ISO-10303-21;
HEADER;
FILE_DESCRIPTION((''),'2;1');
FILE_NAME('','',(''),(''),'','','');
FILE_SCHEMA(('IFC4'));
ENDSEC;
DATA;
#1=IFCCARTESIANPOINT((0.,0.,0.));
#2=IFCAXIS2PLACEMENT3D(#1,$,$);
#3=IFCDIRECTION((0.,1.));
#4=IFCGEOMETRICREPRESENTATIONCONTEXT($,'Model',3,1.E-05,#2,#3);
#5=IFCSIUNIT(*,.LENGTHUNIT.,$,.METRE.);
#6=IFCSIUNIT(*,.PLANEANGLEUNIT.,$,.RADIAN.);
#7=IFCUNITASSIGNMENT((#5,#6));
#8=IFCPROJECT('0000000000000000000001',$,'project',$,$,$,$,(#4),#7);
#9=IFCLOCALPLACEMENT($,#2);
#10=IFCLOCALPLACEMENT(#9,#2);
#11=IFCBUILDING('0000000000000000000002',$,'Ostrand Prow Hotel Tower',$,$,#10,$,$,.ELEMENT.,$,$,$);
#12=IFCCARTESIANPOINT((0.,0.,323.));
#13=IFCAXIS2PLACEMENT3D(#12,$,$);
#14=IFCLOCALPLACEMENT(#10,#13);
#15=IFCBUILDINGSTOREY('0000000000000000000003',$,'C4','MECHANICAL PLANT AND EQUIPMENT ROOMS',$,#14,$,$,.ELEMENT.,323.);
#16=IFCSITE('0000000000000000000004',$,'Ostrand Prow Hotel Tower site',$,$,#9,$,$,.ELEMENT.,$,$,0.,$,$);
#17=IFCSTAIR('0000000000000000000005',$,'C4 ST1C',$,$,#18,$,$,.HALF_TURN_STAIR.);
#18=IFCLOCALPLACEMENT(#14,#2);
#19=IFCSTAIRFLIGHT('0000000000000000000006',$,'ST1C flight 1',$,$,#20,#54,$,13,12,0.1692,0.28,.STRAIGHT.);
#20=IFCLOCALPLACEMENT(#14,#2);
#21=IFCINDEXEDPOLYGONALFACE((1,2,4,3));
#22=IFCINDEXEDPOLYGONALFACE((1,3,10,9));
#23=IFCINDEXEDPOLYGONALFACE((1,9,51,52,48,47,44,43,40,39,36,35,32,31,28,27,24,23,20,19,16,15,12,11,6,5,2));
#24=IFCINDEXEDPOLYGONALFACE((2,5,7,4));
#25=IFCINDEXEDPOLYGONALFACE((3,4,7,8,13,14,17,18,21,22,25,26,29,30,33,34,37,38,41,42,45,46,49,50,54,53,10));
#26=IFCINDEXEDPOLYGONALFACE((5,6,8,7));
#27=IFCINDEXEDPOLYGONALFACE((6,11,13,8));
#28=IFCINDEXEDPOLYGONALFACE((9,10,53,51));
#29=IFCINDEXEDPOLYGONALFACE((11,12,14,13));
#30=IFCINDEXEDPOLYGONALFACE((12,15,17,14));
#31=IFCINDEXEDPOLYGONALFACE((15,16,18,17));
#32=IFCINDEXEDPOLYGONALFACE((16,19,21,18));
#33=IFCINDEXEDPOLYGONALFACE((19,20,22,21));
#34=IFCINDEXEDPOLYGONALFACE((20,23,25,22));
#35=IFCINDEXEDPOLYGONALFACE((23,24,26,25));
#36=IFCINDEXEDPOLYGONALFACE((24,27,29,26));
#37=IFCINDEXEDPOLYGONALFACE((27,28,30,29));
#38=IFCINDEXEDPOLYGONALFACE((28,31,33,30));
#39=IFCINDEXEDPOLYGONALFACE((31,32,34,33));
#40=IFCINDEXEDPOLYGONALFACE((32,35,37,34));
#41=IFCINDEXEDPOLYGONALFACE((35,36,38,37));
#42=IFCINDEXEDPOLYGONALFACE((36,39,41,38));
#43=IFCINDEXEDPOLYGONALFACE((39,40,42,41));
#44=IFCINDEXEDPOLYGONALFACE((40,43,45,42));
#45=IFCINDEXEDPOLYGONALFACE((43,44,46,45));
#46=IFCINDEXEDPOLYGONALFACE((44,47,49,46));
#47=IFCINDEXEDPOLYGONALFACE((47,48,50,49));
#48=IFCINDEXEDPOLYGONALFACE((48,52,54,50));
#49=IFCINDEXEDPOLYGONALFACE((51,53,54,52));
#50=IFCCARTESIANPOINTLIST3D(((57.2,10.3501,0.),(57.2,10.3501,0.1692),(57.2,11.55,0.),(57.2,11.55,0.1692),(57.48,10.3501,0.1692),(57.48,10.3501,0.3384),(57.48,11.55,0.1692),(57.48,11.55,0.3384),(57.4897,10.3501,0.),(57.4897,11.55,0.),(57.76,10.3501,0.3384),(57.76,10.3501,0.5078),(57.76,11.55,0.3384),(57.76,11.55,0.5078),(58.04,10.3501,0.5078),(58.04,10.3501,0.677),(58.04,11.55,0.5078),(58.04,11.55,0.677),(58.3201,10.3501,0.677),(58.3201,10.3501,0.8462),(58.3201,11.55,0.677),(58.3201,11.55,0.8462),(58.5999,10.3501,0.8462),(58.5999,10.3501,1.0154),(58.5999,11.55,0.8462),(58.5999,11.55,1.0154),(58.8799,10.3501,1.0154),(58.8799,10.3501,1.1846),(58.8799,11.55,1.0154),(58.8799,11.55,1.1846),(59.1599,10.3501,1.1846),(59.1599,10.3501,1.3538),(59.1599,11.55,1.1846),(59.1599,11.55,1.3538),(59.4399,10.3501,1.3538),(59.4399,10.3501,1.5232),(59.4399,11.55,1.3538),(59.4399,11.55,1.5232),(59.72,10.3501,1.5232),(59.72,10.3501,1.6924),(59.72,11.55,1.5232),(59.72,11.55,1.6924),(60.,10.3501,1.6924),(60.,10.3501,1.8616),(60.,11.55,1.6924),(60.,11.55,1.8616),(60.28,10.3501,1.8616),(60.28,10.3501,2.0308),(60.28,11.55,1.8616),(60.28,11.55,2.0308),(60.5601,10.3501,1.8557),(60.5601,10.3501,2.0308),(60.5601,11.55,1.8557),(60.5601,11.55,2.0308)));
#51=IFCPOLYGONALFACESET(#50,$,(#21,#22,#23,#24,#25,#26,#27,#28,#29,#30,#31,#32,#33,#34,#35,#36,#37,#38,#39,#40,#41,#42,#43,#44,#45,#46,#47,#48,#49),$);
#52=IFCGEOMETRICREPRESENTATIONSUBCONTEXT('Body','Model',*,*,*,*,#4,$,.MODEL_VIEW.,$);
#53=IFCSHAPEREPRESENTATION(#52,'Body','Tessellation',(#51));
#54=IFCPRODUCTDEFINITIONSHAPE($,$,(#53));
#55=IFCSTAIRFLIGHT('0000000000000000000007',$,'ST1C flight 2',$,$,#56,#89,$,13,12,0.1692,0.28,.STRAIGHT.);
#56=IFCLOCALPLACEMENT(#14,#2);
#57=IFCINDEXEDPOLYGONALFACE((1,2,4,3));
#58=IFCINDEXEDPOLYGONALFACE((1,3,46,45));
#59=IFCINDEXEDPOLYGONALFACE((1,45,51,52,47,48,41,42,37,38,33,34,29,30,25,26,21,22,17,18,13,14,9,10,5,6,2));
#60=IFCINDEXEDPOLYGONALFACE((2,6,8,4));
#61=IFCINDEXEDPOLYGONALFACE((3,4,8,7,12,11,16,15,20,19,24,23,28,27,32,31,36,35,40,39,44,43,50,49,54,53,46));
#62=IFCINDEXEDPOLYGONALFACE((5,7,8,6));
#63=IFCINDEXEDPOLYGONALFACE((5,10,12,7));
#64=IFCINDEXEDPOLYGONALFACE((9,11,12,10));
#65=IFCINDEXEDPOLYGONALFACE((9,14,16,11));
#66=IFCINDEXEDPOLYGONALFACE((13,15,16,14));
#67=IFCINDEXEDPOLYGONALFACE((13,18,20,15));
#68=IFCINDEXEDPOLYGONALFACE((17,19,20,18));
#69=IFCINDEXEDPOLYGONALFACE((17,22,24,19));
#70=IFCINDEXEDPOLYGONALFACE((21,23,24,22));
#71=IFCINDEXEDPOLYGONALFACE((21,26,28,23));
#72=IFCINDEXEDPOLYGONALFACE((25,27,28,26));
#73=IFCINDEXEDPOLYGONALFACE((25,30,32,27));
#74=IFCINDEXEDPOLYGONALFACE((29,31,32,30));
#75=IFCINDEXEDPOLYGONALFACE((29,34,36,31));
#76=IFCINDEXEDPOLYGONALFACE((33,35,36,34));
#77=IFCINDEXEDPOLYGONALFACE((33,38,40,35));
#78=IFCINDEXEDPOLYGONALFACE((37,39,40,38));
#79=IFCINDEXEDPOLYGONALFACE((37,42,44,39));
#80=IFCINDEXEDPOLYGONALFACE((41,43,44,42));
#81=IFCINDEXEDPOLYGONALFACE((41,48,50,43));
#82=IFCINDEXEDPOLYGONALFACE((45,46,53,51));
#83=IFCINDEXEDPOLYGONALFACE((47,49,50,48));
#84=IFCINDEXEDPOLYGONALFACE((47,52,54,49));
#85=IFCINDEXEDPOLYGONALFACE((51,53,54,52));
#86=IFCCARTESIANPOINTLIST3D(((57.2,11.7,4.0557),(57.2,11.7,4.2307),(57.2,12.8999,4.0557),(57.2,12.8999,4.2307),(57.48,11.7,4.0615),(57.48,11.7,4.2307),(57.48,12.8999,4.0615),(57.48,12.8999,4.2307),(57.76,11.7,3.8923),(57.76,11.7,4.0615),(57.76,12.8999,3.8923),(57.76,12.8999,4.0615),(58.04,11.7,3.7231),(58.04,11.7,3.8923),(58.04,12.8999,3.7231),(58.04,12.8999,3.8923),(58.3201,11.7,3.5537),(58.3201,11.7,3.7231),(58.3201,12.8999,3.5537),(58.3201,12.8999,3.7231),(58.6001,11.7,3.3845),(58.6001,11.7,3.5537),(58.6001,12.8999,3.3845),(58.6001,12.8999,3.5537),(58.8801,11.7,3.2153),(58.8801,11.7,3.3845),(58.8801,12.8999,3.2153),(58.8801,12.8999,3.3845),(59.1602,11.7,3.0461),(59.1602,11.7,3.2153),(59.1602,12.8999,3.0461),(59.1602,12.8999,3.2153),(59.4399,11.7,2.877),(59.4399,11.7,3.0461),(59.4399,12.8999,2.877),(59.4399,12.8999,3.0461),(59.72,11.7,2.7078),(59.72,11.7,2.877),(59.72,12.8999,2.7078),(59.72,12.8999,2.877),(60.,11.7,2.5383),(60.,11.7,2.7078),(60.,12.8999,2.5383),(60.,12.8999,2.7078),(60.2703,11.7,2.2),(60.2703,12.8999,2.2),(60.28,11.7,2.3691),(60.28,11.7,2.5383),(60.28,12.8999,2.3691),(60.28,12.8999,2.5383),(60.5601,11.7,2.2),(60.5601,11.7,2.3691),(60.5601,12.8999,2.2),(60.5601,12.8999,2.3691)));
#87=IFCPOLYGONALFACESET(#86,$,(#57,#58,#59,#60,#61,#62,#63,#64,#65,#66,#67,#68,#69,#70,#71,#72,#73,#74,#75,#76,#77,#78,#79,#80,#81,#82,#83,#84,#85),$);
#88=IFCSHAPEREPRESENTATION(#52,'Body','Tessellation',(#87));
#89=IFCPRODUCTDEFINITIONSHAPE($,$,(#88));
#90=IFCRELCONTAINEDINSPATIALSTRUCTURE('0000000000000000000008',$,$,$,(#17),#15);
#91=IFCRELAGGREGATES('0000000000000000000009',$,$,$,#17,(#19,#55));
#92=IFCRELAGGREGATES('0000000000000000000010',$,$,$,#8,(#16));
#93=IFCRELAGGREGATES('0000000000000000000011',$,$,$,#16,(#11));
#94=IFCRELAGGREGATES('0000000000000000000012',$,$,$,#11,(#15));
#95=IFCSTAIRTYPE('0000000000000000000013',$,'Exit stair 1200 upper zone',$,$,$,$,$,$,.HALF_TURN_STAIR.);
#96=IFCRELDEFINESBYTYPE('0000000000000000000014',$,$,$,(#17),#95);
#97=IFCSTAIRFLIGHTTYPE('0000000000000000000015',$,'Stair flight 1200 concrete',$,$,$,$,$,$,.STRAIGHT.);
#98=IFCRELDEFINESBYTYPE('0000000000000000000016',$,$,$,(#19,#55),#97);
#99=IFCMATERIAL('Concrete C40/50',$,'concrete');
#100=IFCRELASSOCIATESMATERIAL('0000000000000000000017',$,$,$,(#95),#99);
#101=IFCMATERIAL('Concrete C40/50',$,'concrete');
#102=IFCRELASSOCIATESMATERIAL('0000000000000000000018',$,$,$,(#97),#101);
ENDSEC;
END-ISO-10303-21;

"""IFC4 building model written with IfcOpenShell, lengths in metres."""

from ifc_helpers import new_model, si_unit, direction, frame, origin, place, context, subcontext, project, spatial, polyline, outline, extrude, material, type_object, element, aggregate, save


model = new_model("IFC4")

# Units and contexts
model_context = context("Model", 3, precision=1e-05, world=origin(), true_north=direction((0.0, 1.0)))
body_context = subcontext(model_context, "Body", "Model", "MODEL_VIEW")
ifc_project = project(units=[si_unit("LENGTHUNIT", "METRE"), si_unit("PLANEANGLEUNIT", "RADIAN")], contexts=[model_context])

# Site, building, storey
site_placement = place(None, origin())
site = spatial("IfcSite", under=ifc_project, at=site_placement, Name="Ostrand Prow Hotel Tower site", CompositionType="ELEMENT", RefElevation=0.0)
building_placement = place(site_placement, origin())
building = spatial("IfcBuilding", under=site, at=building_placement, Name="Ostrand Prow Hotel Tower", CompositionType="ELEMENT")
storey_placement = place(building_placement, frame((0.0, 0.0, 323.0)))
storey = spatial("IfcBuildingStorey", under=building, at=storey_placement, Name="C4", Description="MECHANICAL PLANT AND EQUIPMENT ROOMS", CompositionType="ELEMENT", Elevation=323.0)

# Stair, stair flights
ifc_material_1 = material(Name="Concrete C40/50", Category="concrete")
stair_type = type_object("IfcStairType", Name="Exit stair 1200 upper zone", PredefinedType="HALF_TURN_STAIR", material=ifc_material_1)
stair_placement = place(storey_placement, origin())
stair = element("IfcStair", 1, at=stair_placement, inside=storey, type_object=stair_type, Name="C4 ST1C", PredefinedType="HALF_TURN_STAIR")
ifc_material_2 = material(Name="Concrete C40/50", Category="concrete")
stair_flight_type = type_object("IfcStairFlightType", Name="Stair flight 1200 concrete", PredefinedType="STRAIGHT", material=ifc_material_2)
stair_flight_1_placement = place(storey_placement, frame((57.2, 10.95, 0.0), z_axis=(0.0, 0.0, 1.0), x_axis=(1.0, 0.0, 0.0)))
stair_flight_1 = element("IfcStairFlight", 2, at=stair_flight_1_placement, type_object=stair_flight_type, Name="ST1C flight 1", NumberOfRisers=13, NumberOfTreads=12, PredefinedType="STRAIGHT", RiserHeight=0.1692, TreadLength=0.28, context=body_context, shape_type="SweptSolid", body=[
    extrude(outline(polyline([(0.0, 0.0), (0.0, 0.1692), (0.28, 0.1692), (0.28, 0.3384), (0.5601, 0.3384), (0.5601, 0.5078), (0.8401, 0.5078), (0.8401, 0.677), (1.1201, 0.677), (1.1201, 0.8462), (1.3999, 0.8462), (1.3999, 1.0154), (1.6799, 1.0154), (1.6799, 1.1846), (1.96, 1.1846), (1.96, 1.3538), (2.24, 1.3538), (2.24, 1.5232), (2.52, 1.5232), (2.52, 1.6924), (2.8, 1.6924), (2.8, 1.8616), (3.0801, 1.8616), (3.0801, 2.0308), (3.3601, 2.0308), (3.3601, 2.2), (3.3601, 1.8557), (0.2898, 0.0), (0.0, 0.0)])), frame((0.0, 0.6001, 0.0), z_axis=(0.0, -1.0, 0.0), x_axis=(1.0, 0.0, 0.0)), (0.0, 0.0, 1.0), 1.2),
])
stair_flight_2_placement = place(storey_placement, frame((60.5601, 12.3, 2.2), z_axis=(0.0, 0.0, 1.0), x_axis=(-1.0, 0.0, 0.0)))
stair_flight_2 = element("IfcStairFlight", 3, at=stair_flight_2_placement, type_object=stair_flight_type, Name="ST1C flight 2", NumberOfRisers=13, NumberOfTreads=12, PredefinedType="STRAIGHT", RiserHeight=0.1692, TreadLength=0.28, context=body_context, shape_type="SweptSolid", body=[
    extrude(outline(polyline([(0.0, 0.0), (0.0, 0.1692), (0.28, 0.1692), (0.28, 0.3384), (0.5601, 0.3384), (0.5601, 0.5078), (0.8401, 0.5078), (0.8401, 0.677), (1.1201, 0.677), (1.1201, 0.8462), (1.3999, 0.8462), (1.3999, 1.0154), (1.6799, 1.0154), (1.6799, 1.1846), (1.96, 1.1846), (1.96, 1.3538), (2.24, 1.3538), (2.24, 1.5232), (2.52, 1.5232), (2.52, 1.6924), (2.8, 1.6924), (2.8, 1.8616), (3.0801, 1.8616), (3.0801, 2.0308), (3.3601, 2.0308), (3.3601, 2.2), (3.3601, 1.8557), (0.2898, 0.0), (0.0, 0.0)])), frame((0.0, 0.6001, 0.0), z_axis=(0.0, -1.0, 0.0), x_axis=(1.0, 0.0, 0.0)), (0.0, 0.0, 1.0), 1.2),
])
aggregate(stair, [stair_flight_1, stair_flight_2])

save(model, "model.ifc")
